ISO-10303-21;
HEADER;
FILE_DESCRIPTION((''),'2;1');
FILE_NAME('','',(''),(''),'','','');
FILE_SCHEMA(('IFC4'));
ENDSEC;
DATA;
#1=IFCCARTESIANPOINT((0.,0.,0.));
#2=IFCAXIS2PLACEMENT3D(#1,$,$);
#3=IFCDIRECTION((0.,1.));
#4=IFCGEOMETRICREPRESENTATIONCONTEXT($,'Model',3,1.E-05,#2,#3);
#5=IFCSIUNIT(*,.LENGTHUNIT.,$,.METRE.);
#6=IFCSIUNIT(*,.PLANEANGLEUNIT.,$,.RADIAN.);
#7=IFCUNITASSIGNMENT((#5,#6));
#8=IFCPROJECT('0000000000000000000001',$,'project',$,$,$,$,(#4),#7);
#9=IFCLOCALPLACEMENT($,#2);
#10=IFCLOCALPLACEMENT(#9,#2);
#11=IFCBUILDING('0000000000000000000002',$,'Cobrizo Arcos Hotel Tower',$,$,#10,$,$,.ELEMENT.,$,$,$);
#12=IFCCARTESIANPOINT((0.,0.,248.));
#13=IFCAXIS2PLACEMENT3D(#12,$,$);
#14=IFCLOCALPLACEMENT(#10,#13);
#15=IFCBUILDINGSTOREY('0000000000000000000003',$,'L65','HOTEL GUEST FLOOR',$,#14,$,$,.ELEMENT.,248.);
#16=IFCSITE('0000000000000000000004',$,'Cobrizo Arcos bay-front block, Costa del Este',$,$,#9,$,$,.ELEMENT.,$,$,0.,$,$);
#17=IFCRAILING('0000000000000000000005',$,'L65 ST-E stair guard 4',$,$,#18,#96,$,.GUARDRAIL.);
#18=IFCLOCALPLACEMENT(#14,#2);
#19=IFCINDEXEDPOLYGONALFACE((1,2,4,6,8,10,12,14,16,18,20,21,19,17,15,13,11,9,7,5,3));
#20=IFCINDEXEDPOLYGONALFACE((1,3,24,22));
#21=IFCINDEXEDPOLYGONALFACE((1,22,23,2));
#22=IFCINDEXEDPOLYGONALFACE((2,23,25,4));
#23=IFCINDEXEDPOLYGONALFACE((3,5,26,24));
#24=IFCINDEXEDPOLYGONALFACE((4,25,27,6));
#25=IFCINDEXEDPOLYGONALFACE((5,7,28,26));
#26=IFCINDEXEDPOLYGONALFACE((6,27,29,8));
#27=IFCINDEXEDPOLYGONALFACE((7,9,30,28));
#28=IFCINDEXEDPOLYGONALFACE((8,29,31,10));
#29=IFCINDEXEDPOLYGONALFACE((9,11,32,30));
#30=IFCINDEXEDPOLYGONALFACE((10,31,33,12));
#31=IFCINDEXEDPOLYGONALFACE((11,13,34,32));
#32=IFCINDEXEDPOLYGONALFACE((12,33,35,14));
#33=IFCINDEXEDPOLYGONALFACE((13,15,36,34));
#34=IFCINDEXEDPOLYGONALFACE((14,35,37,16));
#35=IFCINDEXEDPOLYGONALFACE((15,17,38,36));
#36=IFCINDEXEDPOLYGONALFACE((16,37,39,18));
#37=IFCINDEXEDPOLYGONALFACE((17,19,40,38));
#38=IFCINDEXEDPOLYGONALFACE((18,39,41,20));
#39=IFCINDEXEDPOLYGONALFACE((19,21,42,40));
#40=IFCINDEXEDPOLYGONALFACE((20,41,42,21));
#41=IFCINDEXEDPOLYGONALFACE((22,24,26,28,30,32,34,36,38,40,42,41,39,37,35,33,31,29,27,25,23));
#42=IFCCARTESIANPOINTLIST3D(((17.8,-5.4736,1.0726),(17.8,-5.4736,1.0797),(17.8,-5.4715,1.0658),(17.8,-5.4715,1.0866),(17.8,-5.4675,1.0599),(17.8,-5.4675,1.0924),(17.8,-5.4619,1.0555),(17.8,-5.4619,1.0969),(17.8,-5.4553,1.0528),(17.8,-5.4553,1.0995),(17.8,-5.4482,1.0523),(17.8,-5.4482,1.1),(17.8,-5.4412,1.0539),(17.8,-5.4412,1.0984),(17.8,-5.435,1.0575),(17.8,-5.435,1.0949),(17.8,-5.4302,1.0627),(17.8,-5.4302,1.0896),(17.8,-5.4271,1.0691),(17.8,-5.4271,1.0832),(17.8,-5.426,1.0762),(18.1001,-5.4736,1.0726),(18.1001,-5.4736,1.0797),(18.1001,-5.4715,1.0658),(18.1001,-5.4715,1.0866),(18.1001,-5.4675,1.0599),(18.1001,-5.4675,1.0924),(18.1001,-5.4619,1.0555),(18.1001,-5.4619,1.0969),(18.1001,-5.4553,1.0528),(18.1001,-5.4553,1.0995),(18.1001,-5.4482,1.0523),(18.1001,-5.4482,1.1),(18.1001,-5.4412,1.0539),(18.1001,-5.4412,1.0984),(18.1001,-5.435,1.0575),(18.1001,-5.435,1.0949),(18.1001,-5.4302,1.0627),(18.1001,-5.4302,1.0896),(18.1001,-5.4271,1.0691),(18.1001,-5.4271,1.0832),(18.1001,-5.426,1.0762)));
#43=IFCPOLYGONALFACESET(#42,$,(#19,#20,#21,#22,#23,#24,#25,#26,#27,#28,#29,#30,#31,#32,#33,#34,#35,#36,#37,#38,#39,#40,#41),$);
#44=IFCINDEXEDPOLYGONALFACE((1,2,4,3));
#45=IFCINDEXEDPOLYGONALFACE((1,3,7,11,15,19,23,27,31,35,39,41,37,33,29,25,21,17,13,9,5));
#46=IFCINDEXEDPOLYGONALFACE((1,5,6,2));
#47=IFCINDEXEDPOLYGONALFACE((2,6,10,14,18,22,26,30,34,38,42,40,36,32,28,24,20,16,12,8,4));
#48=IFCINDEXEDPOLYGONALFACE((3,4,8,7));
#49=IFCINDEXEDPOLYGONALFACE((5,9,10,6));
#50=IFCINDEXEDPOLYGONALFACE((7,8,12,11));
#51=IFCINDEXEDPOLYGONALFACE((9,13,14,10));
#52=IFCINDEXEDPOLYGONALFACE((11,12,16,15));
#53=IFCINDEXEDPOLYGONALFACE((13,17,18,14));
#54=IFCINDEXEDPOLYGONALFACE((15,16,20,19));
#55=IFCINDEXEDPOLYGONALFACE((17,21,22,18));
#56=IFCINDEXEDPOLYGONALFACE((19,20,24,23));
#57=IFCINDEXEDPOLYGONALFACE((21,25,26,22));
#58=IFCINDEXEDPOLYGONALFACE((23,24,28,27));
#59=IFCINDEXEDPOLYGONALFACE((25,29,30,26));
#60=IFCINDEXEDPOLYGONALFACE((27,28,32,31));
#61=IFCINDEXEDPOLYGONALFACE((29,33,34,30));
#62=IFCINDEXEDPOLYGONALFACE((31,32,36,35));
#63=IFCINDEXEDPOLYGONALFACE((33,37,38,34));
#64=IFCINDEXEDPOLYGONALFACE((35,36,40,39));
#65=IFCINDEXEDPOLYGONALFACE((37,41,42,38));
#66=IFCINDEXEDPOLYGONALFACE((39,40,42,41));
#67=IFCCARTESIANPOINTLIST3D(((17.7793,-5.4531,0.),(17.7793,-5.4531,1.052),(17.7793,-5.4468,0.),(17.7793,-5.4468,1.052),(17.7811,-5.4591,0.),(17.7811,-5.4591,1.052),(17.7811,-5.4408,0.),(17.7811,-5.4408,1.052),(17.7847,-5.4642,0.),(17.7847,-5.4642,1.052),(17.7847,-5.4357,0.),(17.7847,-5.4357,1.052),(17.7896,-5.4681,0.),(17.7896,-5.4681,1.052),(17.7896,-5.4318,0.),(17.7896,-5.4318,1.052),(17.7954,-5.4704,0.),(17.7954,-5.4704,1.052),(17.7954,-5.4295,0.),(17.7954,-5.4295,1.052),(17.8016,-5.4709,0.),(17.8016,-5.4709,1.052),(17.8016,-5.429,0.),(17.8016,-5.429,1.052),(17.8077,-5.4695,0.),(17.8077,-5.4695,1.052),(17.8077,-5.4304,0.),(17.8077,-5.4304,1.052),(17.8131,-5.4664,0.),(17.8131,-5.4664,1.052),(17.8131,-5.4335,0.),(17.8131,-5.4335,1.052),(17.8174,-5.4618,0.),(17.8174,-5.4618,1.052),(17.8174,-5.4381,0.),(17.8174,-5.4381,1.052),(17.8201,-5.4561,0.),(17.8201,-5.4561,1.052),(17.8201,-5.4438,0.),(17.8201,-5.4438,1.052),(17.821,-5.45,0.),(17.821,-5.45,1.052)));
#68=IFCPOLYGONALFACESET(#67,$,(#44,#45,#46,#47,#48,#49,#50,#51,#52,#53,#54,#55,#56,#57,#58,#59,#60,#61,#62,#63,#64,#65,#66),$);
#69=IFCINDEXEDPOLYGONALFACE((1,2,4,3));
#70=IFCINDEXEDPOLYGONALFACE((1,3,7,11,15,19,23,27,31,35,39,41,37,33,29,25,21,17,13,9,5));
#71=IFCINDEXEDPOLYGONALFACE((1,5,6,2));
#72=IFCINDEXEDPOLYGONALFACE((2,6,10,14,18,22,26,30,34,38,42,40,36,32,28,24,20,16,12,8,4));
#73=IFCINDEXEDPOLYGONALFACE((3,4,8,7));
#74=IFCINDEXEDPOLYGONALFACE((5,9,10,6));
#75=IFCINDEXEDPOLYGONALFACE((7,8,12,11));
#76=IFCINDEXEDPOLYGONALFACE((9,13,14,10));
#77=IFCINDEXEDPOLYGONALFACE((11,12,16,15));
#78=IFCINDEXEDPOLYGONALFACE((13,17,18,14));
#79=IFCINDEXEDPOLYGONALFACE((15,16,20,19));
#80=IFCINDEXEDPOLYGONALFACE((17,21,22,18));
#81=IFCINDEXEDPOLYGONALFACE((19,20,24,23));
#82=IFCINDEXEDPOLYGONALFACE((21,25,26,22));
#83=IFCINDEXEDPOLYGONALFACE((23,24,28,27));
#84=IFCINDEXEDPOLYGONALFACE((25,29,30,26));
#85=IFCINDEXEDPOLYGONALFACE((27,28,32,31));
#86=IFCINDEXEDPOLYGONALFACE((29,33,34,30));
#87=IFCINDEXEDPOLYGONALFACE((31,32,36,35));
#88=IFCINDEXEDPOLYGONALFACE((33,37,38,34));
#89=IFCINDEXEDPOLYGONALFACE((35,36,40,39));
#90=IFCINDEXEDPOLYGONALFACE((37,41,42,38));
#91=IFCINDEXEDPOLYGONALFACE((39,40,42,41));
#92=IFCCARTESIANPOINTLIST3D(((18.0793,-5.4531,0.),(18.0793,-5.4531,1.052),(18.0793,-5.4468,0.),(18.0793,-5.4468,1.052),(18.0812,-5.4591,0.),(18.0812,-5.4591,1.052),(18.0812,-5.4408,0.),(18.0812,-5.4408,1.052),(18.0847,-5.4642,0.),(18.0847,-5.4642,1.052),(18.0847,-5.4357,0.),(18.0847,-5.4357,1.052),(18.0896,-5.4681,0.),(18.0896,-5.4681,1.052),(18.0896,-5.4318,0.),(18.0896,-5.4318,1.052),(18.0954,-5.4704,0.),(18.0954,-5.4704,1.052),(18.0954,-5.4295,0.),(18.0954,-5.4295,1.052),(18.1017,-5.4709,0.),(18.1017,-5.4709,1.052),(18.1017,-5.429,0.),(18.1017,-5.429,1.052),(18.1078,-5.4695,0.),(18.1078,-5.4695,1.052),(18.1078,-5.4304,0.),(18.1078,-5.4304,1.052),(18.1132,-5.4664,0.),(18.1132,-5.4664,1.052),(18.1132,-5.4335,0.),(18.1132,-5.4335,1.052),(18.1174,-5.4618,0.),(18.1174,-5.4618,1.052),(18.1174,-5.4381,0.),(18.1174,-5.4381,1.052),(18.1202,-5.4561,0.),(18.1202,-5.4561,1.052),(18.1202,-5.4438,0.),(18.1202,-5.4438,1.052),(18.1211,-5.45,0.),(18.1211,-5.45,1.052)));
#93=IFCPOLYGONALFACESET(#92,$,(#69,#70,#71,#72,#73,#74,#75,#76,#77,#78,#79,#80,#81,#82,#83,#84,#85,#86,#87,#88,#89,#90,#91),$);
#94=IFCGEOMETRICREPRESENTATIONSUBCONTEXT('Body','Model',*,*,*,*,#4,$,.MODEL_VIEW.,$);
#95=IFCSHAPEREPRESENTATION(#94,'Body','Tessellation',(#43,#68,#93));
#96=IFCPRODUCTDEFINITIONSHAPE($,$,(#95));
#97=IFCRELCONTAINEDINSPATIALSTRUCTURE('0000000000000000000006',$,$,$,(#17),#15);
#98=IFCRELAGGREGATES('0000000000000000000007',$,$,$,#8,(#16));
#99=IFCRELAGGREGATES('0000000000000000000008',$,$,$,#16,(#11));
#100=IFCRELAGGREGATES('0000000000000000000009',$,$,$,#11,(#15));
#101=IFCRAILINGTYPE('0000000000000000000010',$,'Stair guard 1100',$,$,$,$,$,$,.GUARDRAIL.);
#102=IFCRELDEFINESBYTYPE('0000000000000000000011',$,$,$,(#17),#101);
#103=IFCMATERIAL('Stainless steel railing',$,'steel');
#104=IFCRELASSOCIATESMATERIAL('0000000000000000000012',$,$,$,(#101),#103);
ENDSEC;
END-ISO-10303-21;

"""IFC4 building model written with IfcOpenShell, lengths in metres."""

from ifc_helpers import new_model, si_unit, direction, frame, origin, origin_2d, place, context, subcontext, project, spatial, circle, extrude, material, type_object, element, save


model = new_model("IFC4")

# Units and contexts
model_context = context("Model", 3, precision=1e-05, world=origin(), true_north=direction((0.0, 1.0)))
body_context = subcontext(model_context, "Body", "Model", "MODEL_VIEW")
ifc_project = project(units=[si_unit("LENGTHUNIT", "METRE"), si_unit("PLANEANGLEUNIT", "RADIAN")], contexts=[model_context])

# Site, building, storey
site_placement = place(None, origin())
site = spatial("IfcSite", under=ifc_project, at=site_placement, Name="Cobrizo Arcos bay-front block, Costa del Este", CompositionType="ELEMENT", RefElevation=0.0)
building_placement = place(site_placement, origin())
building = spatial("IfcBuilding", under=site, at=building_placement, Name="Cobrizo Arcos Hotel Tower", CompositionType="ELEMENT")
storey_placement = place(building_placement, frame((0.0, 0.0, 248.0)))
storey = spatial("IfcBuildingStorey", under=building, at=storey_placement, Name="L65", Description="HOTEL GUEST FLOOR", CompositionType="ELEMENT", Elevation=248.0)

# Railing
ifc_material_1 = material(Name="Stainless steel railing", Category="steel")
railing_type_1 = type_object("IfcRailingType", Name="Stair guard 1100", PredefinedType="GUARDRAIL", material=ifc_material_1)
railing_1_placement = place(storey_placement, frame((17.8, -5.45, 0.0)))
element("IfcRailing", 1, at=railing_1_placement, inside=storey, type_object=railing_type_1, Name="L65 ST-E stair guard 4", PredefinedType="GUARDRAIL", context=body_context, shape_type="SweptSolid", body=[
    extrude(circle(Radius=0.0239, at=origin_2d()), frame((0.0, 0.0, 1.0762), z_axis=(1.0, 0.0, 0.0), x_axis=(0.0, 1.0, 0.0)), (0.0, 0.0, 1.0), 0.3),
    extrude(circle(Radius=0.021, at=origin_2d()), origin(), (0.0, 0.0, 1.0), 1.052),
    extrude(circle(Radius=0.021, at=origin_2d()), frame((0.3, 0.0, 0.0)), (0.0, 0.0, 1.0), 1.052),
])

save(model, "model.ifc")
